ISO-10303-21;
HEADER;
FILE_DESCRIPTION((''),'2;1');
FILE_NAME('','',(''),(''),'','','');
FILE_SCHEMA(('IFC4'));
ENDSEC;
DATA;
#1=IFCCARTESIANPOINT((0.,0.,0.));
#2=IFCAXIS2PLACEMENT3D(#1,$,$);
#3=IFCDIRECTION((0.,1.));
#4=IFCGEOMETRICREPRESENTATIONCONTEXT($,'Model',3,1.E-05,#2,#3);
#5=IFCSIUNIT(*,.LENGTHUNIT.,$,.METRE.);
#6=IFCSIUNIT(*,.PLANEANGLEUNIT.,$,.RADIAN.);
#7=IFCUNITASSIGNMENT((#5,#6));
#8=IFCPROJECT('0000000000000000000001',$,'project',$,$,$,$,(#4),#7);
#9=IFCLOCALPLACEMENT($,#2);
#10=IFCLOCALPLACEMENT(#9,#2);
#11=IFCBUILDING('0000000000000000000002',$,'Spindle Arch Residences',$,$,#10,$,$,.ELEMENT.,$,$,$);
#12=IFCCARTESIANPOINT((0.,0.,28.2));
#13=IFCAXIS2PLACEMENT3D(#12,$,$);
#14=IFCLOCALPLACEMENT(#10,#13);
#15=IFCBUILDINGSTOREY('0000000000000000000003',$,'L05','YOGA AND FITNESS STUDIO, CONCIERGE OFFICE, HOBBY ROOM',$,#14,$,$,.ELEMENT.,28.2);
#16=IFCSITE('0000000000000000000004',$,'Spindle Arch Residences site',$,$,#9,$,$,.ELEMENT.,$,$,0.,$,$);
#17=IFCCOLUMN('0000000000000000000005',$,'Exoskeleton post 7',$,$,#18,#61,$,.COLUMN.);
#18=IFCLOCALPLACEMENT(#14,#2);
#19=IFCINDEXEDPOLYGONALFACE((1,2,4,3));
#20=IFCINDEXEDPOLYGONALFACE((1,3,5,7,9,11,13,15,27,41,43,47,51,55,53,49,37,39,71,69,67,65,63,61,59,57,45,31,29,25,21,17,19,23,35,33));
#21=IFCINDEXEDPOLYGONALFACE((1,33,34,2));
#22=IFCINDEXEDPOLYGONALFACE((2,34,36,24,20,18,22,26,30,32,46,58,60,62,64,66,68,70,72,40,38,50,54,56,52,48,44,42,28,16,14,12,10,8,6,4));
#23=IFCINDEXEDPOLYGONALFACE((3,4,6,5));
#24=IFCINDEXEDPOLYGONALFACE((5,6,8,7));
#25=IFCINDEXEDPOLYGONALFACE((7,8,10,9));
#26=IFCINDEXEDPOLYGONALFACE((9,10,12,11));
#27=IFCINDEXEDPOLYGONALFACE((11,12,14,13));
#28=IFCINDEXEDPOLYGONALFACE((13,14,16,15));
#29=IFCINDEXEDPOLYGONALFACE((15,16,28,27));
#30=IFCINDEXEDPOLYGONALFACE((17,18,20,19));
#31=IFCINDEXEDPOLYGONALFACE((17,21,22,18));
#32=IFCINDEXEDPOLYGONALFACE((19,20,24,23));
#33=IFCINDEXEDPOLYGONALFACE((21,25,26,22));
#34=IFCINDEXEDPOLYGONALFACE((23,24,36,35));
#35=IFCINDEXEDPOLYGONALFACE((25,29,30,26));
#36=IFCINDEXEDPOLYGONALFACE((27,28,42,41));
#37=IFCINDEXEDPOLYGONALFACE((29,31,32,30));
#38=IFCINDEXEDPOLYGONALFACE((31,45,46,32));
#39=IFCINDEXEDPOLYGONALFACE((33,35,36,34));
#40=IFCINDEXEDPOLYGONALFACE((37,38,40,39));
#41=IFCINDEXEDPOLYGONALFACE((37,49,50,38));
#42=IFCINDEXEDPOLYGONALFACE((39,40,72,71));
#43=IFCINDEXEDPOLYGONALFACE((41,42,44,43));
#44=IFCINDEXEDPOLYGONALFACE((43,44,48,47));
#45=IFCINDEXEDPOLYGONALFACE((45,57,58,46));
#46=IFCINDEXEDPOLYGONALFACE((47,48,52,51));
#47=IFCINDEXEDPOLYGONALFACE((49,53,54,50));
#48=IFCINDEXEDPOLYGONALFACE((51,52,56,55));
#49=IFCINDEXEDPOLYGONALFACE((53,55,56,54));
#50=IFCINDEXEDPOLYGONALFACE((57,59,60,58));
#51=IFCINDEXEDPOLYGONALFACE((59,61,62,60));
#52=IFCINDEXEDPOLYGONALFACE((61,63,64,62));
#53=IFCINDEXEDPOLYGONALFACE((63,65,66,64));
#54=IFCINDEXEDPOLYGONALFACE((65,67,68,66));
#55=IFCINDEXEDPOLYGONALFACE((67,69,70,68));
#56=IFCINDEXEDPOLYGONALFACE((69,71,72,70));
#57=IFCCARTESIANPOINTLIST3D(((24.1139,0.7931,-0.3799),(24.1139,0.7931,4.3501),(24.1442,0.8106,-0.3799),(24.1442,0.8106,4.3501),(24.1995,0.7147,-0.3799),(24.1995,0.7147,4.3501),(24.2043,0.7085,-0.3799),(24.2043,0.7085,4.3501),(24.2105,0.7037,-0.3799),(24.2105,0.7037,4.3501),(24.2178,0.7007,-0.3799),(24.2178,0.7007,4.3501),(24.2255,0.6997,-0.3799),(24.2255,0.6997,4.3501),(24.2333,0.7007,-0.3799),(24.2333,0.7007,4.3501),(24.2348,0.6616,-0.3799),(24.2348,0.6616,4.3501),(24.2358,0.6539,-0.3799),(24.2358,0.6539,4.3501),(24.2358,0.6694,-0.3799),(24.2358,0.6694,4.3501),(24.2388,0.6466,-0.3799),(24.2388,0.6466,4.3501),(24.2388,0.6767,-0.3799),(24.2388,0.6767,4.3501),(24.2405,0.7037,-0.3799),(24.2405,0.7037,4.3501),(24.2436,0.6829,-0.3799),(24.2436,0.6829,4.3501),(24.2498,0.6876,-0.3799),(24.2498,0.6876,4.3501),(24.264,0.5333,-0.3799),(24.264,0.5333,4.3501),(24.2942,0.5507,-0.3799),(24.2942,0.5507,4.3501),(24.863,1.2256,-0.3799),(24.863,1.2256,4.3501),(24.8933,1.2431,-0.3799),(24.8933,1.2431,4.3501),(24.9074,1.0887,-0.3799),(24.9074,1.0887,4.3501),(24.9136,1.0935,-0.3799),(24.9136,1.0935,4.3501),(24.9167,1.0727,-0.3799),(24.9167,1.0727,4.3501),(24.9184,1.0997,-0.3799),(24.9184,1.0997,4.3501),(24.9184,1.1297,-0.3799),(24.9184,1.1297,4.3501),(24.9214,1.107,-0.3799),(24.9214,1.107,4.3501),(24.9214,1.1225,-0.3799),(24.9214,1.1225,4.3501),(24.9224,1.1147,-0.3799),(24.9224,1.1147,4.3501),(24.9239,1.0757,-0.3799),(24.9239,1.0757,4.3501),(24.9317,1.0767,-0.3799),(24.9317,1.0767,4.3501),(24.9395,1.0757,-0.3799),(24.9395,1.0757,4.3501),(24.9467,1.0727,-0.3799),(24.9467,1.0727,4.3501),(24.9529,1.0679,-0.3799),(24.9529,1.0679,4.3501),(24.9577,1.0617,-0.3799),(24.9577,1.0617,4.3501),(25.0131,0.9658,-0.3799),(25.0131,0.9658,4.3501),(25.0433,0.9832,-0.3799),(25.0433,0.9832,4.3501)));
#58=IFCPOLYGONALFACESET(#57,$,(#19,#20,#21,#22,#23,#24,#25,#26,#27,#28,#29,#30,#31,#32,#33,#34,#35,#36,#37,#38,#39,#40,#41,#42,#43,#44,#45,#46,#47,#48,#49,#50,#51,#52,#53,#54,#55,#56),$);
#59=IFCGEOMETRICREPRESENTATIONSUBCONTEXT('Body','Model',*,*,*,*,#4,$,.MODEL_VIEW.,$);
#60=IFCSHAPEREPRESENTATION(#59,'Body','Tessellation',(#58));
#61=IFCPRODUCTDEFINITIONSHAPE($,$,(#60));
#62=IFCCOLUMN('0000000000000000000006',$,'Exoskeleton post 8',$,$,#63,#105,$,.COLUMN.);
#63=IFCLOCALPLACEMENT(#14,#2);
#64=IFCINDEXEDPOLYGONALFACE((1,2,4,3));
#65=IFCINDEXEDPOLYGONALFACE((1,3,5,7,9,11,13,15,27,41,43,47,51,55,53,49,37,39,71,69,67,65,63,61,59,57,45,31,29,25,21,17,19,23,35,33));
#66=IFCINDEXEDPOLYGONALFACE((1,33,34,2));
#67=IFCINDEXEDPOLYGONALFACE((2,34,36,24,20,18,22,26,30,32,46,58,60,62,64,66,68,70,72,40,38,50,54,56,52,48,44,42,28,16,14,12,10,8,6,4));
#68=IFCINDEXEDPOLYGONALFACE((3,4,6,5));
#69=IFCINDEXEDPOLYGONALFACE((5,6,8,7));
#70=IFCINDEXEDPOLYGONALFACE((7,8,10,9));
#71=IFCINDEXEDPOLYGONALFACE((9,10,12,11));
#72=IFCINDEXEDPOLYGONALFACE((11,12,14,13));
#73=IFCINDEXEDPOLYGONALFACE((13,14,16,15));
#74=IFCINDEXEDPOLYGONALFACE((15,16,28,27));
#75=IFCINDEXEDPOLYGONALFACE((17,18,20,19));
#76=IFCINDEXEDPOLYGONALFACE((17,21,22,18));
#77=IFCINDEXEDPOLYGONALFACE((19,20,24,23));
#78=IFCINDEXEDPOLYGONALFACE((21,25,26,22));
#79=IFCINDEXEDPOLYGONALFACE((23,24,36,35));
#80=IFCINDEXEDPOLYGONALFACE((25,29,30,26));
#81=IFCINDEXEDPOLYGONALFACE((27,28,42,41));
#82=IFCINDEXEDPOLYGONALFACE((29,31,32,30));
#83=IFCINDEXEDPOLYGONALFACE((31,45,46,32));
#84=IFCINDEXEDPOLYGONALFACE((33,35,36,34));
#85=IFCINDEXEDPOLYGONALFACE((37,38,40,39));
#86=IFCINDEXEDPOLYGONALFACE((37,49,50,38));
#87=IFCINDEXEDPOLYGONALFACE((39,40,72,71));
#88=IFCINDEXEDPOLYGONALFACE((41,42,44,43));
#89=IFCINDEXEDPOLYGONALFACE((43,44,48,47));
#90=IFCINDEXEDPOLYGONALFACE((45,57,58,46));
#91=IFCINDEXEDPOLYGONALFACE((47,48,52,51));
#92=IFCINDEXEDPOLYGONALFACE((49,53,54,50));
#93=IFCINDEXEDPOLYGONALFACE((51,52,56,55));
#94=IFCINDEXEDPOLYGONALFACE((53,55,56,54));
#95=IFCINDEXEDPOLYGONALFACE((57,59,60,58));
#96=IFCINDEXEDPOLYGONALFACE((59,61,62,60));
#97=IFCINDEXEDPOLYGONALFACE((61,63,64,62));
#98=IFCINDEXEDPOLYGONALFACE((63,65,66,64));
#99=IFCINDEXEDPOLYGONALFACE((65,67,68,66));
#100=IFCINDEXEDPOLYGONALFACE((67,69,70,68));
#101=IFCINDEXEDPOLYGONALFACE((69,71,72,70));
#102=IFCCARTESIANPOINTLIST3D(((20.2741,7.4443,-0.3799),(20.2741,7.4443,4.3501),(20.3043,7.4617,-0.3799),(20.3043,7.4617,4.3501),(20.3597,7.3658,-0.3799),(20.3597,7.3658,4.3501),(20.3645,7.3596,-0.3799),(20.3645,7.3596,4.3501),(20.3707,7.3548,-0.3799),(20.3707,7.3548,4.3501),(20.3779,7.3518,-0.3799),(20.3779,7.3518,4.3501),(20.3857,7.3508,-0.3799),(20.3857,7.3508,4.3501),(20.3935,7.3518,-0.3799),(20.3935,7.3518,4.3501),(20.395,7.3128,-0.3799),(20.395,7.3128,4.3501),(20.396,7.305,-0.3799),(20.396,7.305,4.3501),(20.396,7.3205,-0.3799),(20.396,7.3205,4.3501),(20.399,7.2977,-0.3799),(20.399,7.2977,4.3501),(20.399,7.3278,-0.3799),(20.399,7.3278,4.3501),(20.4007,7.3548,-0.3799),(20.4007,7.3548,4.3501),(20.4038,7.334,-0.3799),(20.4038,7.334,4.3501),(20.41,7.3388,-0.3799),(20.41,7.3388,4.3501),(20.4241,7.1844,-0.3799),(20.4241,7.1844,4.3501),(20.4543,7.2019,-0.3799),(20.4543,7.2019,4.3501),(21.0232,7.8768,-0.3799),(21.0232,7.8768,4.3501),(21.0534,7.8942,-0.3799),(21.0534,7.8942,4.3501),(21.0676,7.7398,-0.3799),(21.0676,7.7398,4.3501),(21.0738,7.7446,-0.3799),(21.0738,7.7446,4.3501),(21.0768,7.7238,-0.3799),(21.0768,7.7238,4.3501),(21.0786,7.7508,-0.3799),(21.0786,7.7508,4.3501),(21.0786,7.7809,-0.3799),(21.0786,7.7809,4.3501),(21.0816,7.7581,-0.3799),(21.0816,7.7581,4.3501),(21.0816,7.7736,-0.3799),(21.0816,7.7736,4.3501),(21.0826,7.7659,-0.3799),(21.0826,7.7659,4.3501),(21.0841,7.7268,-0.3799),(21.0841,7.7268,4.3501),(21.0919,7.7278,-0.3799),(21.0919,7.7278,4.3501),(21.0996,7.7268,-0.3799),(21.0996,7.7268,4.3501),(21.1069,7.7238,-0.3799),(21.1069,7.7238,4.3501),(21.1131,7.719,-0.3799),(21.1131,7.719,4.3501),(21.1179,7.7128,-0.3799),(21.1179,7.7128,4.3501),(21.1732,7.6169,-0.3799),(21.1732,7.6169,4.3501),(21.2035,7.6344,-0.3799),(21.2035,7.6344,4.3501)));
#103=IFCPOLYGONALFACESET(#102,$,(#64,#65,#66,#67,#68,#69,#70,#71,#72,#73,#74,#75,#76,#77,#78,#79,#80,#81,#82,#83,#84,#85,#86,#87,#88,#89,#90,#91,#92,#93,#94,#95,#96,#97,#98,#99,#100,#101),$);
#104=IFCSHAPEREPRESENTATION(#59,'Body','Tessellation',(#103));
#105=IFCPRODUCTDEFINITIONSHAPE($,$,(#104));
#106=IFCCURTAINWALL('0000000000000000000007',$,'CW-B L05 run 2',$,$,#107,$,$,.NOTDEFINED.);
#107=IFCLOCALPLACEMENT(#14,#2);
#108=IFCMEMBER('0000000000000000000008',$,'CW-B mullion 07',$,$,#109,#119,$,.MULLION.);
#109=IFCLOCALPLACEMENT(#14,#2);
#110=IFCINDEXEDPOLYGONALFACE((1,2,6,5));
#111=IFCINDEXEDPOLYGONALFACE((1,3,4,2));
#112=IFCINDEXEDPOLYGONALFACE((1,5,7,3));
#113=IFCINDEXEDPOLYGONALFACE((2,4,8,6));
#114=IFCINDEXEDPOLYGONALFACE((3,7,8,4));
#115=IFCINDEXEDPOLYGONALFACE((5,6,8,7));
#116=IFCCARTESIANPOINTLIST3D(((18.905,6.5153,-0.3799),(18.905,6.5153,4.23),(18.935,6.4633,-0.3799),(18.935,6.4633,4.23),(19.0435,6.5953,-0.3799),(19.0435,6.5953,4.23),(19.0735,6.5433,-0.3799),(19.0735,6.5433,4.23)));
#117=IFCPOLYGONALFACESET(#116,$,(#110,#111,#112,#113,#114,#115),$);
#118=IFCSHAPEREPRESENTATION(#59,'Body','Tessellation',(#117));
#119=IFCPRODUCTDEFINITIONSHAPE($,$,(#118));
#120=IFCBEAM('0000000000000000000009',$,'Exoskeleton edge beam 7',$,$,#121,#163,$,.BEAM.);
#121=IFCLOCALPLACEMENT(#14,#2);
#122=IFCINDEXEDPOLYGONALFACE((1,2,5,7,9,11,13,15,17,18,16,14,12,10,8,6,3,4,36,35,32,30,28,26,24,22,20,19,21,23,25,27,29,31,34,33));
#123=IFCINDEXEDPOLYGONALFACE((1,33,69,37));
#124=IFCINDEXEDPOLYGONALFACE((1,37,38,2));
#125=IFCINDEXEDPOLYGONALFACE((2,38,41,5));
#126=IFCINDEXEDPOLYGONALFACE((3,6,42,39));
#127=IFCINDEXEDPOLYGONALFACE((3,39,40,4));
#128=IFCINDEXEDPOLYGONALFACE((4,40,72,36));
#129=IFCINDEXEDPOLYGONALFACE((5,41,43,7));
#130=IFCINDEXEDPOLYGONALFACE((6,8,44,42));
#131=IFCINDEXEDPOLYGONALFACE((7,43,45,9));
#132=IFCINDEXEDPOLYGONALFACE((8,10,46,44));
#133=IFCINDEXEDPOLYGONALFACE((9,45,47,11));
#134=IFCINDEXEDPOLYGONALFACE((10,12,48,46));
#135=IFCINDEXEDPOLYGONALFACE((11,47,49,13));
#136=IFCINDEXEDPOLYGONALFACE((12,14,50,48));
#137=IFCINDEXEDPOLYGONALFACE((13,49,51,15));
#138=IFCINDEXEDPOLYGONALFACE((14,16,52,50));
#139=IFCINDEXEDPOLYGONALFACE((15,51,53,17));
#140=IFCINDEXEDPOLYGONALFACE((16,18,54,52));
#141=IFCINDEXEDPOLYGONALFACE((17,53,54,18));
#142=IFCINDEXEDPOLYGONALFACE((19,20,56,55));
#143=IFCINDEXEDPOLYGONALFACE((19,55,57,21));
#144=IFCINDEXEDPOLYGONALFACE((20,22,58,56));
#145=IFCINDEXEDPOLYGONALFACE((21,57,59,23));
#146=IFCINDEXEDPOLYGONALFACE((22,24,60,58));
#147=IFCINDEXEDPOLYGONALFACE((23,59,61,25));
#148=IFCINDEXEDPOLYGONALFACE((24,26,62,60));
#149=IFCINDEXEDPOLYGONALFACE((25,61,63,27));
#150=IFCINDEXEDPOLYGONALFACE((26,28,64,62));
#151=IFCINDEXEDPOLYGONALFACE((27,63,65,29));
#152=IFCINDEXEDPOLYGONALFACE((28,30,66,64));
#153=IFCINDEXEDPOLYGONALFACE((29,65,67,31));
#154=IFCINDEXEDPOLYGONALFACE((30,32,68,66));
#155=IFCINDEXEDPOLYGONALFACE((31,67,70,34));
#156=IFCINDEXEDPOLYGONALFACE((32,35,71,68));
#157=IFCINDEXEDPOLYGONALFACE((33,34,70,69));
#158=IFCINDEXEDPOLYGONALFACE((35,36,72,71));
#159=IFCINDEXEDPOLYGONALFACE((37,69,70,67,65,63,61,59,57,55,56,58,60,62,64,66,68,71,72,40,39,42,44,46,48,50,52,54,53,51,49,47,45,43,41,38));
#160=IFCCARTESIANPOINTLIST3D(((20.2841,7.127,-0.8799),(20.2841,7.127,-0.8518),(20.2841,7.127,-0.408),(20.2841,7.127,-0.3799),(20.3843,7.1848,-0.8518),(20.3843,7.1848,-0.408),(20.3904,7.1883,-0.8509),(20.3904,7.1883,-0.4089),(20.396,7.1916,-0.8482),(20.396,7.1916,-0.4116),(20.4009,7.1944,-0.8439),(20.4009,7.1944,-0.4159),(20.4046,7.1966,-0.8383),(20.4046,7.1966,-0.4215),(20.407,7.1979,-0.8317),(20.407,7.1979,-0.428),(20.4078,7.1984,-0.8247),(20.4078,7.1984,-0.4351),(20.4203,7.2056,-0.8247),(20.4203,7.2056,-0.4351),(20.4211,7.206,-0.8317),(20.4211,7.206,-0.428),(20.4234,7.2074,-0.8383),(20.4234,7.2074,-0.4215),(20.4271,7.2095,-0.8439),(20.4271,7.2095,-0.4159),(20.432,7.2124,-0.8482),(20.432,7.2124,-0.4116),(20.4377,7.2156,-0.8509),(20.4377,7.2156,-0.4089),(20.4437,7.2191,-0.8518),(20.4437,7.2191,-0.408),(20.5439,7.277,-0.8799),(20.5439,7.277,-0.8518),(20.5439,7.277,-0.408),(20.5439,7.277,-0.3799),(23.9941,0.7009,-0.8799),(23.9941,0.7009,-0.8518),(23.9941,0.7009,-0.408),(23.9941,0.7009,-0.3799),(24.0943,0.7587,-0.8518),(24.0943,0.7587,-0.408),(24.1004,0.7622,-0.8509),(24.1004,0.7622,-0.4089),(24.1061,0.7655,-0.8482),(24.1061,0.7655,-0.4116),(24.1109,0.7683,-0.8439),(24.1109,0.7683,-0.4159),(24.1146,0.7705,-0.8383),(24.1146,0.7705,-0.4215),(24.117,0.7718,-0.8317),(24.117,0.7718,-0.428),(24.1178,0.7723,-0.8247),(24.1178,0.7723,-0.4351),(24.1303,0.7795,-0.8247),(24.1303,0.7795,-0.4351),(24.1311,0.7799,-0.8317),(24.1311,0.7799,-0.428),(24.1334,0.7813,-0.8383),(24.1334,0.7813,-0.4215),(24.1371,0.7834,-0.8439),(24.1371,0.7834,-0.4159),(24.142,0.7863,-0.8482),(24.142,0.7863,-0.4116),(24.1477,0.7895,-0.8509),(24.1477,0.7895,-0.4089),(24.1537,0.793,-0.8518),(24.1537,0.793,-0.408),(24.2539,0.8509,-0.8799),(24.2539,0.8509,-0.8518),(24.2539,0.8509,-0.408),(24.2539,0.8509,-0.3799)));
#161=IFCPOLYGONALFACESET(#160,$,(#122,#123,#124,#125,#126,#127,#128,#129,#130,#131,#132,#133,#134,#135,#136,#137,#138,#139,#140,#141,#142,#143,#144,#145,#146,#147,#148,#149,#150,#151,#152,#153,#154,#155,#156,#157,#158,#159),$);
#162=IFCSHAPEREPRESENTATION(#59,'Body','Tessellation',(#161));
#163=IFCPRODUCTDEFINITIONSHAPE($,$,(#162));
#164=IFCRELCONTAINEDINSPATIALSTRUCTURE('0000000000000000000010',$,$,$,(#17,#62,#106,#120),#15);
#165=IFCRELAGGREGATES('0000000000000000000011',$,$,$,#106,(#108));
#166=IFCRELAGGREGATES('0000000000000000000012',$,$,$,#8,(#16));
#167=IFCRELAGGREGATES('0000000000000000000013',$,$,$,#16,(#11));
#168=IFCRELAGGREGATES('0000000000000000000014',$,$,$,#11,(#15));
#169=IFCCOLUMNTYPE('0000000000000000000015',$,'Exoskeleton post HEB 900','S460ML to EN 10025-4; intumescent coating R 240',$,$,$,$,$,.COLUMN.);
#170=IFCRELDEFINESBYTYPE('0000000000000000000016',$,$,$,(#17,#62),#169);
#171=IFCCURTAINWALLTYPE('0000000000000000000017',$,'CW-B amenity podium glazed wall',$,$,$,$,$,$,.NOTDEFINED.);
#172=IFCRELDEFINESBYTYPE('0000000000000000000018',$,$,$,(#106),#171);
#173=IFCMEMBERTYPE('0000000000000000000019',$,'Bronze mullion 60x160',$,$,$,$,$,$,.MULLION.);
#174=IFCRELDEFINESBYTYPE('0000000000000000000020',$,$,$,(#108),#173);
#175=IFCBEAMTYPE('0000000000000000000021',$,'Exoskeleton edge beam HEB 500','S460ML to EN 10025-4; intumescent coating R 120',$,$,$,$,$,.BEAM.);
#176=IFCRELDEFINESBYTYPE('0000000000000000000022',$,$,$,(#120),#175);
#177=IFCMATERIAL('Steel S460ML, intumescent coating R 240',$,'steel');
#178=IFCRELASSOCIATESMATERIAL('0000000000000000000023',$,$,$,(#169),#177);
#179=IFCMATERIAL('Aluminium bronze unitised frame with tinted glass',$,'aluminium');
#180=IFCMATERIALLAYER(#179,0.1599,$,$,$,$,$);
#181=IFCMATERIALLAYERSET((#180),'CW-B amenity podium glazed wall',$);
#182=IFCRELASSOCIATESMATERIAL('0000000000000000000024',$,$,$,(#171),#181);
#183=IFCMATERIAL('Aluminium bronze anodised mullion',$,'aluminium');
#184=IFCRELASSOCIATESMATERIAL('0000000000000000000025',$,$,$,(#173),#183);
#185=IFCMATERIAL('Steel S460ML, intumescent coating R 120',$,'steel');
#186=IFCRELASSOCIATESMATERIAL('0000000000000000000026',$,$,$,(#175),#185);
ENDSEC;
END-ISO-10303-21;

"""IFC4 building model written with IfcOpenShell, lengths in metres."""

from ifc_helpers import new_model, si_unit, direction, frame, origin, origin_2d, place, context, subcontext, project, spatial, rectangle, i_section, extrude, material, layer, layer_set, material_profile, profile_set, type_object, element, aggregate, save


model = new_model("IFC4")

# Units and contexts
model_context = context("Model", 3, precision=1e-05, world=origin(), true_north=direction((0.0, 1.0)))
body_context = subcontext(model_context, "Body", "Model", "MODEL_VIEW")
ifc_project = project(units=[si_unit("LENGTHUNIT", "METRE"), si_unit("PLANEANGLEUNIT", "RADIAN")], contexts=[model_context])

# Site, building, storey
site_placement = place(None, origin())
site = spatial("IfcSite", under=ifc_project, at=site_placement, Name="Spindle Arch Residences site", CompositionType="ELEMENT", RefElevation=0.0)
building_placement = place(site_placement, origin())
building = spatial("IfcBuilding", under=site, at=building_placement, Name="Spindle Arch Residences", CompositionType="ELEMENT")
storey_placement = place(building_placement, frame((0.0, 0.0, 28.2)))
storey = spatial("IfcBuildingStorey", under=building, at=storey_placement, Name="L05", Description="YOGA AND FITNESS STUDIO, CONCIERGE OFFICE, HOBBY ROOM", CompositionType="ELEMENT", Elevation=28.2)

# Columns
ifc_material_1 = material(Name="Steel S460ML, intumescent coating R 240", Category="steel")
ifc_material_profile_1 = material_profile(ifc_material_1, i_section(OverallWidth=0.3, OverallDepth=0.8999, WebThickness=0.0186, FlangeThickness=0.0349, FilletRadius=0.03, at=origin_2d()), Name="HEB 900")
ifc_profile_set_1 = profile_set([ifc_material_profile_1], Name="Steel S460ML, intumescent coating R 240")
column_type = type_object("IfcColumnType", Name="Exoskeleton post HEB 900", Description="S460ML to EN 10025-4; intumescent coating R 240", PredefinedType="COLUMN", material=ifc_profile_set_1)
for number, where, z_axis, x_axis, name in (
    (1, (24.5786, 0.8882, -0.3799), (0.0, 0.0, 1.0), (0.5, -0.866025, 0.0), "Exoskeleton post 7"),
    (2, (20.7388, 7.5393, -0.3799), (0.0, 0.0, 1.0), (0.5, -0.866025, 0.0), "Exoskeleton post 8"),
):
    element("IfcColumn", number, at=place(storey_placement, frame(where, z_axis=z_axis, x_axis=x_axis)), inside=storey, type_object=column_type, Name=name, PredefinedType="COLUMN", context=body_context, shape_type="SweptSolid", body=[
        extrude(i_section(OverallWidth=0.3, OverallDepth=0.8999, WebThickness=0.0186, FlangeThickness=0.0349, FilletRadius=0.03, at=origin_2d()), origin(), (0.0, 0.0, 1.0), 4.73),
    ])

# Curtain wall, member
ifc_material_2 = material(Name="Aluminium bronze unitised frame with tinted glass", Category="aluminium")
ifc_layer_1 = layer(ifc_material_2, 0.1599)
ifc_layer_set_1 = layer_set([ifc_layer_1], Name="CW-B amenity podium glazed wall")
curtain_wall_type = type_object("IfcCurtainWallType", Name="CW-B amenity podium glazed wall", PredefinedType="NOTDEFINED", material=ifc_layer_set_1)
curtain_wall_placement = place(storey_placement, origin())
curtain_wall = element("IfcCurtainWall", 3, at=curtain_wall_placement, inside=storey, type_object=curtain_wall_type, Name="CW-B L05 run 2", PredefinedType="NOTDEFINED")
ifc_material_3 = material(Name="Aluminium bronze anodised mullion", Category="aluminium")
ifc_material_profile_2 = material_profile(ifc_material_3, rectangle(XDim=0.1599, YDim=0.0601, at=origin_2d()), Name="MU 60x160")
ifc_profile_set_2 = profile_set([ifc_material_profile_2], Name="Aluminium bronze anodised mullion")
member_type = type_object("IfcMemberType", Name="Bronze mullion 60x160", PredefinedType="MULLION", material=ifc_profile_set_2)
member_placement = place(storey_placement, frame((18.9893, 6.5293, -0.3799), z_axis=(0.0, 0.0, 1.0), x_axis=(-0.866025, -0.5, 0.0)))
member = element("IfcMember", 4, at=member_placement, type_object=member_type, Name="CW-B mullion 07", PredefinedType="MULLION", context=body_context, shape_type="SweptSolid", body=[
    extrude(rectangle(XDim=0.1599, YDim=0.0601, at=origin_2d()), origin(), (0.0, 0.0, 1.0), 4.6099),
])

# Beam
ifc_material_4 = material(Name="Steel S460ML, intumescent coating R 120", Category="steel")
ifc_material_profile_3 = material_profile(ifc_material_4, i_section(OverallWidth=0.3, OverallDepth=0.5, WebThickness=0.0144, FlangeThickness=0.0281, FilletRadius=0.0271, at=origin_2d()), Name="HEB 500")
ifc_profile_set_3 = profile_set([ifc_material_profile_3], Name="Steel S460ML, intumescent coating R 120")
beam_type_1 = type_object("IfcBeamType", Name="Exoskeleton edge beam HEB 500", Description="S460ML to EN 10025-4; intumescent coating R 120", PredefinedType="BEAM", material=ifc_profile_set_3)
beam_1_placement = place(storey_placement, frame((24.124, 0.7759, -0.6299), z_axis=(-0.499989, 0.866032, 0.0), x_axis=(-0.866032, -0.499989, 0.0)))
element("IfcBeam", 5, at=beam_1_placement, inside=storey, type_object=beam_type_1, Name="Exoskeleton edge beam 7", PredefinedType="BEAM", context=body_context, shape_type="SweptSolid", body=[
    extrude(i_section(OverallWidth=0.3, OverallDepth=0.5, WebThickness=0.0144, FlangeThickness=0.0281, FilletRadius=0.0271, at=origin_2d()), origin(), (0.0, 0.0, 1.0), 7.4202),
])

aggregate(curtain_wall, [member])

save(model, "model.ifc")
